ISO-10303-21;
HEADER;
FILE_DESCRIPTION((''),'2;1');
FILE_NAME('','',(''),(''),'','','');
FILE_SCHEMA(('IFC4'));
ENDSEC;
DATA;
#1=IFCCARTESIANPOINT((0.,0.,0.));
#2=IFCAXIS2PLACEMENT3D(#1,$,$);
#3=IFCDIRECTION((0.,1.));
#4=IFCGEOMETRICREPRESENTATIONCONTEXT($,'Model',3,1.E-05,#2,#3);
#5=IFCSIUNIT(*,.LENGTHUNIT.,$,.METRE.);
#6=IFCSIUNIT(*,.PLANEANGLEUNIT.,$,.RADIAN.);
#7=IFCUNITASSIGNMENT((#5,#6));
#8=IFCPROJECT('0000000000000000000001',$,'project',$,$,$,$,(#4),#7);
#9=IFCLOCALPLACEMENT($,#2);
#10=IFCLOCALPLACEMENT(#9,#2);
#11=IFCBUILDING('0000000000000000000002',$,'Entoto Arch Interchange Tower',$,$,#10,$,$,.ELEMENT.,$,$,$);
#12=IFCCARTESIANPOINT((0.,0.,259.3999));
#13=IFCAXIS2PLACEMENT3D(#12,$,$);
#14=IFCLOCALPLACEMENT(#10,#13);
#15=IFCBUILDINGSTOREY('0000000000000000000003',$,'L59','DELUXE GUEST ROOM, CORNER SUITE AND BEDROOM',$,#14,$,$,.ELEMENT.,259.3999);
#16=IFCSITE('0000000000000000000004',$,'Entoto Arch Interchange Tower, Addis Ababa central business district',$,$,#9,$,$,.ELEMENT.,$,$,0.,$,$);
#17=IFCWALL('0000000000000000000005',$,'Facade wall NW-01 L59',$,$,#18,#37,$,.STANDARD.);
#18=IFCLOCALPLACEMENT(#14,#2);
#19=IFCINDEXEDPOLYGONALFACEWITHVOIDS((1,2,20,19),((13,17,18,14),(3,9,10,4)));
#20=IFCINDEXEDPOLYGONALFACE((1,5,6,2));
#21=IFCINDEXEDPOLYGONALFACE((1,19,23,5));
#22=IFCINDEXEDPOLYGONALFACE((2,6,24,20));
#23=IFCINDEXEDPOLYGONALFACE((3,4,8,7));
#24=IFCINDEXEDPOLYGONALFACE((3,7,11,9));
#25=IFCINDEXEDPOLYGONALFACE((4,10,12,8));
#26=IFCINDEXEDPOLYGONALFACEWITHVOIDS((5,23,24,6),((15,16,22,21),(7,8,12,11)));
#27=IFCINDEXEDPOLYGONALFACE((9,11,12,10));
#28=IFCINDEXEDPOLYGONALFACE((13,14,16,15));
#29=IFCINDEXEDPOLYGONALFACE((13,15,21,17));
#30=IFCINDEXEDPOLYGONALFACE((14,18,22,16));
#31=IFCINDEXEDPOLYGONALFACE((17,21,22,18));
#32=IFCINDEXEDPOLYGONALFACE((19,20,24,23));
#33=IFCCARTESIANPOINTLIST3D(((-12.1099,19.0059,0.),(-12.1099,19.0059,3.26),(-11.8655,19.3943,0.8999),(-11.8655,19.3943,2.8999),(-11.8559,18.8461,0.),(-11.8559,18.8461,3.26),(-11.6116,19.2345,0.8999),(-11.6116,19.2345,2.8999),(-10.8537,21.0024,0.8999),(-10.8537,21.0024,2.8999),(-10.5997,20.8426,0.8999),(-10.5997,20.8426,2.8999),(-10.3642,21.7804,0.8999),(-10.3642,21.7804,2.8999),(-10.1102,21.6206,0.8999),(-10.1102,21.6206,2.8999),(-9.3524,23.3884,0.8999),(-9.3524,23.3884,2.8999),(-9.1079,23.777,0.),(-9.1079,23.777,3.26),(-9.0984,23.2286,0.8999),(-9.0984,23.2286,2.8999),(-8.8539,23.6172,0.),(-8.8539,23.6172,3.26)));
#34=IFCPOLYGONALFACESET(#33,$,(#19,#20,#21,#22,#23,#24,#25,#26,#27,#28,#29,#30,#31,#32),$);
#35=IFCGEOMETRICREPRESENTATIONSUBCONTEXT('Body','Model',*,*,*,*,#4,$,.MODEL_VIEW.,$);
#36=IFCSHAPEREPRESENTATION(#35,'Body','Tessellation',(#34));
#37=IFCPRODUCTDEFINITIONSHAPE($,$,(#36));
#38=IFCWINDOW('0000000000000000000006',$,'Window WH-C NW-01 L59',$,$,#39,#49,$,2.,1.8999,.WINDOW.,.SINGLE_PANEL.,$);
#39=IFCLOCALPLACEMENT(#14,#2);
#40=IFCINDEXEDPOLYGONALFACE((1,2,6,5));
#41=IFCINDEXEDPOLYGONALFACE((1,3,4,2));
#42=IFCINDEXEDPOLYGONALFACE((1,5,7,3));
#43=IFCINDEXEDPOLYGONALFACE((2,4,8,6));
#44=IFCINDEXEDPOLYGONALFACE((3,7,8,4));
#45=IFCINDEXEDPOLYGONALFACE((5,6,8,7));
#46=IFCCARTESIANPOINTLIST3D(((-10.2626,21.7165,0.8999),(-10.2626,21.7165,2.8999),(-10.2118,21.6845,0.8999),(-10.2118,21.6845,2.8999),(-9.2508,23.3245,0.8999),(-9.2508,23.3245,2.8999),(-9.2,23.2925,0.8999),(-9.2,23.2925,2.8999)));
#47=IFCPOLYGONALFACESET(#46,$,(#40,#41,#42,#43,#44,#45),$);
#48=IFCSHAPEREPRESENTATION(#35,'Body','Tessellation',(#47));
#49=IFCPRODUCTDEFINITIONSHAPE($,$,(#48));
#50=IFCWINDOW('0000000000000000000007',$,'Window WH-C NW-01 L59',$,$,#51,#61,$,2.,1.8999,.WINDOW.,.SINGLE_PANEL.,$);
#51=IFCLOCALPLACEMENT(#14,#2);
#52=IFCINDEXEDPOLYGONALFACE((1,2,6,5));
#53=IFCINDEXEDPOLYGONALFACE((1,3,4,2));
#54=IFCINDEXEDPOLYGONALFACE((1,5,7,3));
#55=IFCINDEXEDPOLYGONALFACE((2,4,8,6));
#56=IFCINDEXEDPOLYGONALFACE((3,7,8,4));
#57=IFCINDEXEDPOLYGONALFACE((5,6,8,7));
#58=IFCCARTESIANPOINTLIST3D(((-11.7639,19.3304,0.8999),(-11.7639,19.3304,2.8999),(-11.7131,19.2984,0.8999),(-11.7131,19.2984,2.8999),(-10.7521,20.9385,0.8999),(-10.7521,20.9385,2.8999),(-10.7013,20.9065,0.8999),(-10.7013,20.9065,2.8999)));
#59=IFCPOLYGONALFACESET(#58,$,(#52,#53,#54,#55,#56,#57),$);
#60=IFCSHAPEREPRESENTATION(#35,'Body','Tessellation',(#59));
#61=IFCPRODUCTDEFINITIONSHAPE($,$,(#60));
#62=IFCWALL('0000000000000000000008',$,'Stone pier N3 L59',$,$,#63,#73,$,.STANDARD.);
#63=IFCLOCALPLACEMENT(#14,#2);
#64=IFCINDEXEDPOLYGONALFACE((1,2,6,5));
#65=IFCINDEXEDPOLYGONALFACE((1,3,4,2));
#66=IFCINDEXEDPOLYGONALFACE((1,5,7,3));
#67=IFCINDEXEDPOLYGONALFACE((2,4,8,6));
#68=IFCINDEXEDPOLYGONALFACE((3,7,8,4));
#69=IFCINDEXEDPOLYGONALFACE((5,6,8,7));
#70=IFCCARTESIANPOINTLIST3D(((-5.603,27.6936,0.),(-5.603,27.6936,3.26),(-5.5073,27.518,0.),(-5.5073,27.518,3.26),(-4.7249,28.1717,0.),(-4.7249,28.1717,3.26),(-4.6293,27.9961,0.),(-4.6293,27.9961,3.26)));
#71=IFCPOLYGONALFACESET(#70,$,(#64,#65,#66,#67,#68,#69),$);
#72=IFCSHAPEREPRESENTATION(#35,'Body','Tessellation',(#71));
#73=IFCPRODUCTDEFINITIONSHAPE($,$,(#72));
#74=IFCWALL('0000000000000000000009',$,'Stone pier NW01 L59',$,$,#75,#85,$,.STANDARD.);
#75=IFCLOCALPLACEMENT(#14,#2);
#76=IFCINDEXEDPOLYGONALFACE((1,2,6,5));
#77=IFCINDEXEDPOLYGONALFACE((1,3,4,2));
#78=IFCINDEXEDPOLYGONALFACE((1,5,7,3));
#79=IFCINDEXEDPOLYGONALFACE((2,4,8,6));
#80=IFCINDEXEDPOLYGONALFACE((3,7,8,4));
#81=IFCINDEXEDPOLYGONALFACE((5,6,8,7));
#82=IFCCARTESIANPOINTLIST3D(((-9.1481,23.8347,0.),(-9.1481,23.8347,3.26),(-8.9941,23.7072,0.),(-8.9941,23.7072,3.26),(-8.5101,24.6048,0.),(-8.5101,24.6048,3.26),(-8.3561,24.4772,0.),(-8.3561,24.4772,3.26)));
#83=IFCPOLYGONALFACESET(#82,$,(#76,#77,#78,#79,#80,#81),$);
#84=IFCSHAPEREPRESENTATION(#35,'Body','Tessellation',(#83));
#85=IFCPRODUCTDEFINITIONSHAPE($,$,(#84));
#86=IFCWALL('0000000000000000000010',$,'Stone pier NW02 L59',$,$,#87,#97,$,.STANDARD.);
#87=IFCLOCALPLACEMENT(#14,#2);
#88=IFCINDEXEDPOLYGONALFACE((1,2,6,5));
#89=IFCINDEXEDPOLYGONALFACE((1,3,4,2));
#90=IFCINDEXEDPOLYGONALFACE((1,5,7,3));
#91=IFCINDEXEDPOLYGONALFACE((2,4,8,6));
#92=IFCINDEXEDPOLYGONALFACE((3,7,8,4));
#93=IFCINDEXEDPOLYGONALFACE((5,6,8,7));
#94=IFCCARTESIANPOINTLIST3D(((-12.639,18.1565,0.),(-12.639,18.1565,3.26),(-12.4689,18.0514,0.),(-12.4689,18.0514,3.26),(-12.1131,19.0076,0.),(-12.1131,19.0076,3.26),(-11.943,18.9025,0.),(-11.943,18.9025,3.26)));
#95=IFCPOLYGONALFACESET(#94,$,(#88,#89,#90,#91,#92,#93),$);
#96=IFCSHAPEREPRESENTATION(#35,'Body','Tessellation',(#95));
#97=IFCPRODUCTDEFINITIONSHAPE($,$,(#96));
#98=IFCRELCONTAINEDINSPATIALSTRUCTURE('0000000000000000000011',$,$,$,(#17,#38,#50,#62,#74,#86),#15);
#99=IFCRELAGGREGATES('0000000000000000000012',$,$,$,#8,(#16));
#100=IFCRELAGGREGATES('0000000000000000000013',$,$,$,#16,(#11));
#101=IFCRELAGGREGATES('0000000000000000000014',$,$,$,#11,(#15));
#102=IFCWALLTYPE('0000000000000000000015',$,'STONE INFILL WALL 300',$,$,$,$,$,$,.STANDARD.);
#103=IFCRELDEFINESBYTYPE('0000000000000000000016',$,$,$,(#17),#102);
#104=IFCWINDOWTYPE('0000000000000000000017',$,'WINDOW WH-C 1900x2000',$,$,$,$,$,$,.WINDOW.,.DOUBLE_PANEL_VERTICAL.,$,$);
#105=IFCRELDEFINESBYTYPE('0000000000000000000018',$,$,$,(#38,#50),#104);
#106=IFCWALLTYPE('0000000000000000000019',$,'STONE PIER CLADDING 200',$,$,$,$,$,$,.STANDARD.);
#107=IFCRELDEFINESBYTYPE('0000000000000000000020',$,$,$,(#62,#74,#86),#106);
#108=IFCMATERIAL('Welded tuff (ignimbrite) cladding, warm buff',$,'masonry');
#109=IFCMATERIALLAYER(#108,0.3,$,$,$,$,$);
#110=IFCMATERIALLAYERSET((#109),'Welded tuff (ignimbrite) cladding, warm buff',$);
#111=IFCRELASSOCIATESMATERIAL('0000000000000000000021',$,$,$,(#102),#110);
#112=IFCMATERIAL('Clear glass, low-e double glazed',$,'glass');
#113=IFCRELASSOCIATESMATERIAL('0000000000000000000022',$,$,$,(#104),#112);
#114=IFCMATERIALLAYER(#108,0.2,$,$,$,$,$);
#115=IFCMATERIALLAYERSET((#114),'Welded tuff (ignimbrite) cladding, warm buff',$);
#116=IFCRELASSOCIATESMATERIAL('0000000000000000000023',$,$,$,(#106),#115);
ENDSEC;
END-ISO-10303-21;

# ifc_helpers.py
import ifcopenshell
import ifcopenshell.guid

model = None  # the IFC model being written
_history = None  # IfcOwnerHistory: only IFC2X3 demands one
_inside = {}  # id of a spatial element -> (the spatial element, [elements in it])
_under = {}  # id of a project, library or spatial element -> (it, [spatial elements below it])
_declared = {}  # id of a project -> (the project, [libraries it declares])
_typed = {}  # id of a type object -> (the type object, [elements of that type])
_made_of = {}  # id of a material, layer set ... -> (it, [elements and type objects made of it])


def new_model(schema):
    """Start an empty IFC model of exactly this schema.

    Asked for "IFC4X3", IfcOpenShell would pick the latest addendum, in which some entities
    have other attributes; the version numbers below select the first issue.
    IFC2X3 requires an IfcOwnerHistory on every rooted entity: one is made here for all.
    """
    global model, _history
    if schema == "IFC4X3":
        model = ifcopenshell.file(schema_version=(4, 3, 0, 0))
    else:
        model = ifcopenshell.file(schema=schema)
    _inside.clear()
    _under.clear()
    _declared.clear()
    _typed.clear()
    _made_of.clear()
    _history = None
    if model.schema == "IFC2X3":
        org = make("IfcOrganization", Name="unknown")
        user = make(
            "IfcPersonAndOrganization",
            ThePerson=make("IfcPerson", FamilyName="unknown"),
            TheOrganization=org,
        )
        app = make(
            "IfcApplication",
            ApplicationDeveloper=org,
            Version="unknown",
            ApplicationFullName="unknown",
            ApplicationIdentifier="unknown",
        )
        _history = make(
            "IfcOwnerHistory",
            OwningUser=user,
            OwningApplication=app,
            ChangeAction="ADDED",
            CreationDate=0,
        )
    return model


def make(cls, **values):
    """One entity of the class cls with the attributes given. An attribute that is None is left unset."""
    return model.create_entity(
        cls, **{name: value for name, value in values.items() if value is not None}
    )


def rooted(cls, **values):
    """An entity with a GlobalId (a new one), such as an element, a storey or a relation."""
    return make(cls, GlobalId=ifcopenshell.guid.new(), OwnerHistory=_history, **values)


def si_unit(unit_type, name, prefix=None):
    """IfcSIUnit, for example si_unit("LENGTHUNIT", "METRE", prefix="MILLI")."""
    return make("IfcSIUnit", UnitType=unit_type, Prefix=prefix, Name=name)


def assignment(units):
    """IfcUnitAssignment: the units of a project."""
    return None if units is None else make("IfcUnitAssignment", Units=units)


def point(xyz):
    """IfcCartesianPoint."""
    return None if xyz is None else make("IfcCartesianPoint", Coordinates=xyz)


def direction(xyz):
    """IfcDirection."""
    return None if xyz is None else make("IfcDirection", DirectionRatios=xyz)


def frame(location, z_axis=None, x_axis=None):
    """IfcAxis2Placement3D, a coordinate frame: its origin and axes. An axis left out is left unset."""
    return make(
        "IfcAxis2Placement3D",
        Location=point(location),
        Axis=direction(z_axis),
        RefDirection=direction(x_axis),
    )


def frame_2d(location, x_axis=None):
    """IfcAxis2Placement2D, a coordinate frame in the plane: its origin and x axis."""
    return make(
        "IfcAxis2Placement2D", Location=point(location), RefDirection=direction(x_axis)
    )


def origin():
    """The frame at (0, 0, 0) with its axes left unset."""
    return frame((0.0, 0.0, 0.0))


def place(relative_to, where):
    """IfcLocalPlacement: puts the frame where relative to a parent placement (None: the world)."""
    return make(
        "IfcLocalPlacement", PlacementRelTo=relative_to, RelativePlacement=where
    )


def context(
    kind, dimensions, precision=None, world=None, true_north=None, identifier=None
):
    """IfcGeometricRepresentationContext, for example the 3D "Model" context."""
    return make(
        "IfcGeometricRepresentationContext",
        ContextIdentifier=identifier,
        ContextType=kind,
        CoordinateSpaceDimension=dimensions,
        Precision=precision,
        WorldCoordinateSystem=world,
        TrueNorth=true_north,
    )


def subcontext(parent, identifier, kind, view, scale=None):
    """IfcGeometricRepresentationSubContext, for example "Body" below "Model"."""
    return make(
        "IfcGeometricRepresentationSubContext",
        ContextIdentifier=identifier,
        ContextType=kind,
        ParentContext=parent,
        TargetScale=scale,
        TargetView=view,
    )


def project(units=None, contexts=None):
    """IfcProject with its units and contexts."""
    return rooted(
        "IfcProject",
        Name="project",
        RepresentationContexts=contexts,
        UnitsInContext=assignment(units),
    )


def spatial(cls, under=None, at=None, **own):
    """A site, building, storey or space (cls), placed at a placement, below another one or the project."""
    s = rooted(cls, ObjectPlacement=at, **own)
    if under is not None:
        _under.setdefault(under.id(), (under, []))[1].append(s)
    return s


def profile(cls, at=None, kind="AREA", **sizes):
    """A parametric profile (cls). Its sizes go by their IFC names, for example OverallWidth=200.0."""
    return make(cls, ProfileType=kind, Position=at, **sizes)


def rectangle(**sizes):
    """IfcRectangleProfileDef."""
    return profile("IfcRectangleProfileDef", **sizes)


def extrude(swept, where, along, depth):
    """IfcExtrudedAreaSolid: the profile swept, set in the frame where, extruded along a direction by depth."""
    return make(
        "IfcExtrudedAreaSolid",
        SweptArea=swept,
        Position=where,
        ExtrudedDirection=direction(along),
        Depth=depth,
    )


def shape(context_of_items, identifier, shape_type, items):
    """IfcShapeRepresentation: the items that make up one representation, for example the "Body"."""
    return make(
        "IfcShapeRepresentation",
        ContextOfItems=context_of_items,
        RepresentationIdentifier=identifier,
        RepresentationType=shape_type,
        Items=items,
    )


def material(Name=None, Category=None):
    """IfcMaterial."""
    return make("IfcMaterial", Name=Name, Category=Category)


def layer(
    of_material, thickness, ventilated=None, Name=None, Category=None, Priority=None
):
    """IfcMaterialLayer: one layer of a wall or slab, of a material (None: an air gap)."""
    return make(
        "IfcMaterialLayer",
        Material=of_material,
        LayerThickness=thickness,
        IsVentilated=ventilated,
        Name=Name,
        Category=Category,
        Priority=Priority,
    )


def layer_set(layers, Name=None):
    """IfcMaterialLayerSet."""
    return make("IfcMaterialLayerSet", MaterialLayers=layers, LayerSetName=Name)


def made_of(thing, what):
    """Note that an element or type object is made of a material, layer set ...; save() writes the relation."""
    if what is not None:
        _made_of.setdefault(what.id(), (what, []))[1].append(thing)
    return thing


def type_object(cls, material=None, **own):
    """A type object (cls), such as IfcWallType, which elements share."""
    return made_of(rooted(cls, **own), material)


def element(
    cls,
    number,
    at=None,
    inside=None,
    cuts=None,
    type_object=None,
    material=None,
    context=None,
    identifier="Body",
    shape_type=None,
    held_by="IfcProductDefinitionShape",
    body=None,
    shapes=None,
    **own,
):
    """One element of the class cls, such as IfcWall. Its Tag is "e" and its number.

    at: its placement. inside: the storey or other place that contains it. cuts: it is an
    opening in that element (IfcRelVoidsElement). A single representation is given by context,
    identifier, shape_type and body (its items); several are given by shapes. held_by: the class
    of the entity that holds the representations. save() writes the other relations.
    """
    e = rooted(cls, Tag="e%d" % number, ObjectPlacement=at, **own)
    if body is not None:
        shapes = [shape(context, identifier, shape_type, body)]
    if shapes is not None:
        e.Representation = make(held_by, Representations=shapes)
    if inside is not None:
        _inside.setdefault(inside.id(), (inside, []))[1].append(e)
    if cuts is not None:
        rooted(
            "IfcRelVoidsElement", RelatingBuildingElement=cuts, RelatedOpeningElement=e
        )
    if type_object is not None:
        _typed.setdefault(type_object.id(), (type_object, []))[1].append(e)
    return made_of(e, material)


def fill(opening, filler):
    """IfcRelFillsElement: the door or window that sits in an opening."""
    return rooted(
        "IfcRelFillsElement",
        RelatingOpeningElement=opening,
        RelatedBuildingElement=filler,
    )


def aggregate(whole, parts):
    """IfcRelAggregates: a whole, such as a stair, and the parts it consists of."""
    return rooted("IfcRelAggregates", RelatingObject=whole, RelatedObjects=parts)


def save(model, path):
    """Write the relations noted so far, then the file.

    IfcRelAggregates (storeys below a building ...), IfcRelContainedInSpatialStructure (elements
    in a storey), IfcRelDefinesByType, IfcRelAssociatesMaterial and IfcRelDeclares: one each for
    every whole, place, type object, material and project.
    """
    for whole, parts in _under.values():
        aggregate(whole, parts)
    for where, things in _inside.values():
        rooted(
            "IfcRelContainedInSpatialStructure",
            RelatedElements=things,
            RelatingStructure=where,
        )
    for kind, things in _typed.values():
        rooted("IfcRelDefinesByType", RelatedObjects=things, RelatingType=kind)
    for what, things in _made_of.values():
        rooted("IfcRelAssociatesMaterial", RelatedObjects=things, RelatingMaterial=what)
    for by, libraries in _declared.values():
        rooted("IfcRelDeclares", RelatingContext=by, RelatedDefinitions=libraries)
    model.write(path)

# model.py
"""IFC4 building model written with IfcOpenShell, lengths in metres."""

from ifc_helpers import new_model, si_unit, direction, frame, frame_2d, origin, place, context, subcontext, project, spatial, rectangle, extrude, material, layer, layer_set, type_object, element, fill, save


model = new_model("IFC4")

# Units and contexts
model_context = context("Model", 3, precision=1e-05, world=origin(), true_north=direction((0.0, 1.0)))
body_context = subcontext(model_context, "Body", "Model", "MODEL_VIEW")
ifc_project = project(units=[si_unit("LENGTHUNIT", "METRE"), si_unit("PLANEANGLEUNIT", "RADIAN")], contexts=[model_context])

# Site, building, storey
site_placement = place(None, origin())
site = spatial("IfcSite", under=ifc_project, at=site_placement, Name="Entoto Arch Interchange Tower, Addis Ababa central business district", CompositionType="ELEMENT", RefElevation=0.0)
building_placement = place(site_placement, origin())
building = spatial("IfcBuilding", under=site, at=building_placement, Name="Entoto Arch Interchange Tower", CompositionType="ELEMENT")
storey_placement = place(building_placement, frame((0.0, 0.0, 259.3999)))
storey = spatial("IfcBuildingStorey", under=building, at=storey_placement, Name="L59", Description="DELUXE GUEST ROOM, CORNER SUITE AND BEDROOM", CompositionType="ELEMENT", Elevation=259.3999)

# Shared definitions
ifc_material_1 = material(Name="Welded tuff (ignimbrite) cladding, warm buff", Category="masonry")
ifc_layer_1 = layer(ifc_material_1, 0.3)
ifc_layer_set_1 = layer_set([ifc_layer_1], Name="Welded tuff (ignimbrite) cladding, warm buff")
wall_type_1 = type_object("IfcWallType", Name="STONE INFILL WALL 300", PredefinedType="STANDARD", material=ifc_layer_set_1)
ifc_material_2 = material(Name="Clear glass, low-e double glazed", Category="glass")

# Wall, openings, windows
wall_1_placement = place(storey_placement, frame((-8.981, 23.697, 0.0), z_axis=(0.0, 0.0, 1.0), x_axis=(-0.532558, -0.846393, 0.0)))
wall_1 = element("IfcWall", 1, at=wall_1_placement, inside=storey, type_object=wall_type_1, Name="Facade wall NW-01 L59", PredefinedType="STANDARD", context=body_context, shape_type="SweptSolid", body=[
    extrude(rectangle(XDim=5.637, YDim=0.3, at=frame_2d((2.8184, 0.0))), origin(), (0.0, 0.0, 1.0), 3.26),
])
opening_1_placement = place(wall_1_placement, frame((0.459, 0.0, 0.8999)))
opening_1 = element("IfcOpeningElement", 2, at=opening_1_placement, cuts=wall_1, PredefinedType="OPENING", context=body_context, shape_type="SweptSolid", body=[
    extrude(rectangle(XDim=1.8999, YDim=2.0, at=frame_2d((0.95, 1.0))), frame((0.0, 0.1602, 0.0), z_axis=(0.0, -1.0, 0.0), x_axis=(1.0, 0.0, 0.0)), (0.0, 0.0, 1.0), 0.3201),
])
opening_2_placement = place(wall_1_placement, frame((3.2781, 0.0, 0.8999)))
opening_2 = element("IfcOpeningElement", 3, at=opening_2_placement, cuts=wall_1, PredefinedType="OPENING", context=body_context, shape_type="SweptSolid", body=[
    extrude(rectangle(XDim=1.8999, YDim=2.0, at=frame_2d((0.95, 1.0))), frame((0.0, 0.1602, 0.0), z_axis=(0.0, -1.0, 0.0), x_axis=(1.0, 0.0, 0.0)), (0.0, 0.0, 1.0), 0.3201),
])
window_type_1 = type_object("IfcWindowType", Name="WINDOW WH-C 1900x2000", PartitioningType="DOUBLE_PANEL_VERTICAL", PredefinedType="WINDOW", material=ifc_material_2)
window_1_placement = place(opening_1_placement, origin())
window_1 = element("IfcWindow", 4, at=window_1_placement, inside=storey, type_object=window_type_1, Name="Window WH-C NW-01 L59", OverallHeight=2.0, OverallWidth=1.8999, PartitioningType="SINGLE_PANEL", PredefinedType="WINDOW", context=body_context, shape_type="SweptSolid", body=[
    extrude(rectangle(XDim=1.8999, YDim=2.0, at=frame_2d((0.95, 1.0))), frame((0.0, 0.03, 0.0), z_axis=(0.0, -1.0, 0.0), x_axis=(1.0, 0.0, 0.0)), (0.0, 0.0, 1.0), 0.0601),
])
fill(opening_1, window_1)
window_2_placement = place(opening_2_placement, origin())
window_2 = element("IfcWindow", 5, at=window_2_placement, inside=storey, type_object=window_type_1, Name="Window WH-C NW-01 L59", OverallHeight=2.0, OverallWidth=1.8999, PartitioningType="SINGLE_PANEL", PredefinedType="WINDOW", context=body_context, shape_type="SweptSolid", body=[
    extrude(rectangle(XDim=1.8999, YDim=2.0, at=frame_2d((0.95, 1.0))), frame((0.0, 0.03, 0.0), z_axis=(0.0, -1.0, 0.0), x_axis=(1.0, 0.0, 0.0)), (0.0, 0.0, 1.0), 0.0601),
])
fill(opening_2, window_2)

# Walls
ifc_layer_2 = layer(ifc_material_1, 0.2)
ifc_layer_set_2 = layer_set([ifc_layer_2], Name="Welded tuff (ignimbrite) cladding, warm buff")
wall_type_2 = type_object("IfcWallType", Name="STONE PIER CLADDING 200", PredefinedType="STANDARD", material=ifc_layer_set_2)
wall_2_placement = place(storey_placement, frame((-4.677, 28.084, 0.0), z_axis=(0.0, 0.0, 1.0), x_axis=(-0.87825, -0.478202, 0.0)))
element("IfcWall", 6, at=wall_2_placement, inside=storey, type_object=wall_type_2, Name="Stone pier N3 L59", PredefinedType="STANDARD", context=body_context, shape_type="SweptSolid", body=[
    extrude(rectangle(XDim=0.9998, YDim=0.2, at=frame_2d((0.5, 0.0))), origin(), (0.0, 0.0, 1.0), 3.26),
])
wall_3_placement = place(storey_placement, frame((-8.4331, 24.541, 0.0), z_axis=(0.0, 0.0, 1.0), x_axis=(-0.637972, -0.770059, 0.0)))
element("IfcWall", 7, at=wall_3_placement, inside=storey, type_object=wall_type_2, Name="Stone pier NW01 L59", PredefinedType="STANDARD", context=body_context, shape_type="SweptSolid", body=[
    extrude(rectangle(XDim=1.0, YDim=0.2, at=frame_2d((0.5, 0.0))), origin(), (0.0, 0.0, 1.0), 3.26),
])
wall_4_placement = place(storey_placement, frame((-12.0281, 18.9551, 0.0), z_axis=(0.0, 0.0, 1.0), x_axis=(-0.525649, -0.850702, 0.0)))
element("IfcWall", 8, at=wall_4_placement, inside=storey, type_object=wall_type_2, Name="Stone pier NW02 L59", PredefinedType="STANDARD", context=body_context, shape_type="SweptSolid", body=[
    extrude(rectangle(XDim=1.0005, YDim=0.2, at=frame_2d((0.5002, 0.0))), origin(), (0.0, 0.0, 1.0), 3.26),
])

save(model, "model.ifc")
